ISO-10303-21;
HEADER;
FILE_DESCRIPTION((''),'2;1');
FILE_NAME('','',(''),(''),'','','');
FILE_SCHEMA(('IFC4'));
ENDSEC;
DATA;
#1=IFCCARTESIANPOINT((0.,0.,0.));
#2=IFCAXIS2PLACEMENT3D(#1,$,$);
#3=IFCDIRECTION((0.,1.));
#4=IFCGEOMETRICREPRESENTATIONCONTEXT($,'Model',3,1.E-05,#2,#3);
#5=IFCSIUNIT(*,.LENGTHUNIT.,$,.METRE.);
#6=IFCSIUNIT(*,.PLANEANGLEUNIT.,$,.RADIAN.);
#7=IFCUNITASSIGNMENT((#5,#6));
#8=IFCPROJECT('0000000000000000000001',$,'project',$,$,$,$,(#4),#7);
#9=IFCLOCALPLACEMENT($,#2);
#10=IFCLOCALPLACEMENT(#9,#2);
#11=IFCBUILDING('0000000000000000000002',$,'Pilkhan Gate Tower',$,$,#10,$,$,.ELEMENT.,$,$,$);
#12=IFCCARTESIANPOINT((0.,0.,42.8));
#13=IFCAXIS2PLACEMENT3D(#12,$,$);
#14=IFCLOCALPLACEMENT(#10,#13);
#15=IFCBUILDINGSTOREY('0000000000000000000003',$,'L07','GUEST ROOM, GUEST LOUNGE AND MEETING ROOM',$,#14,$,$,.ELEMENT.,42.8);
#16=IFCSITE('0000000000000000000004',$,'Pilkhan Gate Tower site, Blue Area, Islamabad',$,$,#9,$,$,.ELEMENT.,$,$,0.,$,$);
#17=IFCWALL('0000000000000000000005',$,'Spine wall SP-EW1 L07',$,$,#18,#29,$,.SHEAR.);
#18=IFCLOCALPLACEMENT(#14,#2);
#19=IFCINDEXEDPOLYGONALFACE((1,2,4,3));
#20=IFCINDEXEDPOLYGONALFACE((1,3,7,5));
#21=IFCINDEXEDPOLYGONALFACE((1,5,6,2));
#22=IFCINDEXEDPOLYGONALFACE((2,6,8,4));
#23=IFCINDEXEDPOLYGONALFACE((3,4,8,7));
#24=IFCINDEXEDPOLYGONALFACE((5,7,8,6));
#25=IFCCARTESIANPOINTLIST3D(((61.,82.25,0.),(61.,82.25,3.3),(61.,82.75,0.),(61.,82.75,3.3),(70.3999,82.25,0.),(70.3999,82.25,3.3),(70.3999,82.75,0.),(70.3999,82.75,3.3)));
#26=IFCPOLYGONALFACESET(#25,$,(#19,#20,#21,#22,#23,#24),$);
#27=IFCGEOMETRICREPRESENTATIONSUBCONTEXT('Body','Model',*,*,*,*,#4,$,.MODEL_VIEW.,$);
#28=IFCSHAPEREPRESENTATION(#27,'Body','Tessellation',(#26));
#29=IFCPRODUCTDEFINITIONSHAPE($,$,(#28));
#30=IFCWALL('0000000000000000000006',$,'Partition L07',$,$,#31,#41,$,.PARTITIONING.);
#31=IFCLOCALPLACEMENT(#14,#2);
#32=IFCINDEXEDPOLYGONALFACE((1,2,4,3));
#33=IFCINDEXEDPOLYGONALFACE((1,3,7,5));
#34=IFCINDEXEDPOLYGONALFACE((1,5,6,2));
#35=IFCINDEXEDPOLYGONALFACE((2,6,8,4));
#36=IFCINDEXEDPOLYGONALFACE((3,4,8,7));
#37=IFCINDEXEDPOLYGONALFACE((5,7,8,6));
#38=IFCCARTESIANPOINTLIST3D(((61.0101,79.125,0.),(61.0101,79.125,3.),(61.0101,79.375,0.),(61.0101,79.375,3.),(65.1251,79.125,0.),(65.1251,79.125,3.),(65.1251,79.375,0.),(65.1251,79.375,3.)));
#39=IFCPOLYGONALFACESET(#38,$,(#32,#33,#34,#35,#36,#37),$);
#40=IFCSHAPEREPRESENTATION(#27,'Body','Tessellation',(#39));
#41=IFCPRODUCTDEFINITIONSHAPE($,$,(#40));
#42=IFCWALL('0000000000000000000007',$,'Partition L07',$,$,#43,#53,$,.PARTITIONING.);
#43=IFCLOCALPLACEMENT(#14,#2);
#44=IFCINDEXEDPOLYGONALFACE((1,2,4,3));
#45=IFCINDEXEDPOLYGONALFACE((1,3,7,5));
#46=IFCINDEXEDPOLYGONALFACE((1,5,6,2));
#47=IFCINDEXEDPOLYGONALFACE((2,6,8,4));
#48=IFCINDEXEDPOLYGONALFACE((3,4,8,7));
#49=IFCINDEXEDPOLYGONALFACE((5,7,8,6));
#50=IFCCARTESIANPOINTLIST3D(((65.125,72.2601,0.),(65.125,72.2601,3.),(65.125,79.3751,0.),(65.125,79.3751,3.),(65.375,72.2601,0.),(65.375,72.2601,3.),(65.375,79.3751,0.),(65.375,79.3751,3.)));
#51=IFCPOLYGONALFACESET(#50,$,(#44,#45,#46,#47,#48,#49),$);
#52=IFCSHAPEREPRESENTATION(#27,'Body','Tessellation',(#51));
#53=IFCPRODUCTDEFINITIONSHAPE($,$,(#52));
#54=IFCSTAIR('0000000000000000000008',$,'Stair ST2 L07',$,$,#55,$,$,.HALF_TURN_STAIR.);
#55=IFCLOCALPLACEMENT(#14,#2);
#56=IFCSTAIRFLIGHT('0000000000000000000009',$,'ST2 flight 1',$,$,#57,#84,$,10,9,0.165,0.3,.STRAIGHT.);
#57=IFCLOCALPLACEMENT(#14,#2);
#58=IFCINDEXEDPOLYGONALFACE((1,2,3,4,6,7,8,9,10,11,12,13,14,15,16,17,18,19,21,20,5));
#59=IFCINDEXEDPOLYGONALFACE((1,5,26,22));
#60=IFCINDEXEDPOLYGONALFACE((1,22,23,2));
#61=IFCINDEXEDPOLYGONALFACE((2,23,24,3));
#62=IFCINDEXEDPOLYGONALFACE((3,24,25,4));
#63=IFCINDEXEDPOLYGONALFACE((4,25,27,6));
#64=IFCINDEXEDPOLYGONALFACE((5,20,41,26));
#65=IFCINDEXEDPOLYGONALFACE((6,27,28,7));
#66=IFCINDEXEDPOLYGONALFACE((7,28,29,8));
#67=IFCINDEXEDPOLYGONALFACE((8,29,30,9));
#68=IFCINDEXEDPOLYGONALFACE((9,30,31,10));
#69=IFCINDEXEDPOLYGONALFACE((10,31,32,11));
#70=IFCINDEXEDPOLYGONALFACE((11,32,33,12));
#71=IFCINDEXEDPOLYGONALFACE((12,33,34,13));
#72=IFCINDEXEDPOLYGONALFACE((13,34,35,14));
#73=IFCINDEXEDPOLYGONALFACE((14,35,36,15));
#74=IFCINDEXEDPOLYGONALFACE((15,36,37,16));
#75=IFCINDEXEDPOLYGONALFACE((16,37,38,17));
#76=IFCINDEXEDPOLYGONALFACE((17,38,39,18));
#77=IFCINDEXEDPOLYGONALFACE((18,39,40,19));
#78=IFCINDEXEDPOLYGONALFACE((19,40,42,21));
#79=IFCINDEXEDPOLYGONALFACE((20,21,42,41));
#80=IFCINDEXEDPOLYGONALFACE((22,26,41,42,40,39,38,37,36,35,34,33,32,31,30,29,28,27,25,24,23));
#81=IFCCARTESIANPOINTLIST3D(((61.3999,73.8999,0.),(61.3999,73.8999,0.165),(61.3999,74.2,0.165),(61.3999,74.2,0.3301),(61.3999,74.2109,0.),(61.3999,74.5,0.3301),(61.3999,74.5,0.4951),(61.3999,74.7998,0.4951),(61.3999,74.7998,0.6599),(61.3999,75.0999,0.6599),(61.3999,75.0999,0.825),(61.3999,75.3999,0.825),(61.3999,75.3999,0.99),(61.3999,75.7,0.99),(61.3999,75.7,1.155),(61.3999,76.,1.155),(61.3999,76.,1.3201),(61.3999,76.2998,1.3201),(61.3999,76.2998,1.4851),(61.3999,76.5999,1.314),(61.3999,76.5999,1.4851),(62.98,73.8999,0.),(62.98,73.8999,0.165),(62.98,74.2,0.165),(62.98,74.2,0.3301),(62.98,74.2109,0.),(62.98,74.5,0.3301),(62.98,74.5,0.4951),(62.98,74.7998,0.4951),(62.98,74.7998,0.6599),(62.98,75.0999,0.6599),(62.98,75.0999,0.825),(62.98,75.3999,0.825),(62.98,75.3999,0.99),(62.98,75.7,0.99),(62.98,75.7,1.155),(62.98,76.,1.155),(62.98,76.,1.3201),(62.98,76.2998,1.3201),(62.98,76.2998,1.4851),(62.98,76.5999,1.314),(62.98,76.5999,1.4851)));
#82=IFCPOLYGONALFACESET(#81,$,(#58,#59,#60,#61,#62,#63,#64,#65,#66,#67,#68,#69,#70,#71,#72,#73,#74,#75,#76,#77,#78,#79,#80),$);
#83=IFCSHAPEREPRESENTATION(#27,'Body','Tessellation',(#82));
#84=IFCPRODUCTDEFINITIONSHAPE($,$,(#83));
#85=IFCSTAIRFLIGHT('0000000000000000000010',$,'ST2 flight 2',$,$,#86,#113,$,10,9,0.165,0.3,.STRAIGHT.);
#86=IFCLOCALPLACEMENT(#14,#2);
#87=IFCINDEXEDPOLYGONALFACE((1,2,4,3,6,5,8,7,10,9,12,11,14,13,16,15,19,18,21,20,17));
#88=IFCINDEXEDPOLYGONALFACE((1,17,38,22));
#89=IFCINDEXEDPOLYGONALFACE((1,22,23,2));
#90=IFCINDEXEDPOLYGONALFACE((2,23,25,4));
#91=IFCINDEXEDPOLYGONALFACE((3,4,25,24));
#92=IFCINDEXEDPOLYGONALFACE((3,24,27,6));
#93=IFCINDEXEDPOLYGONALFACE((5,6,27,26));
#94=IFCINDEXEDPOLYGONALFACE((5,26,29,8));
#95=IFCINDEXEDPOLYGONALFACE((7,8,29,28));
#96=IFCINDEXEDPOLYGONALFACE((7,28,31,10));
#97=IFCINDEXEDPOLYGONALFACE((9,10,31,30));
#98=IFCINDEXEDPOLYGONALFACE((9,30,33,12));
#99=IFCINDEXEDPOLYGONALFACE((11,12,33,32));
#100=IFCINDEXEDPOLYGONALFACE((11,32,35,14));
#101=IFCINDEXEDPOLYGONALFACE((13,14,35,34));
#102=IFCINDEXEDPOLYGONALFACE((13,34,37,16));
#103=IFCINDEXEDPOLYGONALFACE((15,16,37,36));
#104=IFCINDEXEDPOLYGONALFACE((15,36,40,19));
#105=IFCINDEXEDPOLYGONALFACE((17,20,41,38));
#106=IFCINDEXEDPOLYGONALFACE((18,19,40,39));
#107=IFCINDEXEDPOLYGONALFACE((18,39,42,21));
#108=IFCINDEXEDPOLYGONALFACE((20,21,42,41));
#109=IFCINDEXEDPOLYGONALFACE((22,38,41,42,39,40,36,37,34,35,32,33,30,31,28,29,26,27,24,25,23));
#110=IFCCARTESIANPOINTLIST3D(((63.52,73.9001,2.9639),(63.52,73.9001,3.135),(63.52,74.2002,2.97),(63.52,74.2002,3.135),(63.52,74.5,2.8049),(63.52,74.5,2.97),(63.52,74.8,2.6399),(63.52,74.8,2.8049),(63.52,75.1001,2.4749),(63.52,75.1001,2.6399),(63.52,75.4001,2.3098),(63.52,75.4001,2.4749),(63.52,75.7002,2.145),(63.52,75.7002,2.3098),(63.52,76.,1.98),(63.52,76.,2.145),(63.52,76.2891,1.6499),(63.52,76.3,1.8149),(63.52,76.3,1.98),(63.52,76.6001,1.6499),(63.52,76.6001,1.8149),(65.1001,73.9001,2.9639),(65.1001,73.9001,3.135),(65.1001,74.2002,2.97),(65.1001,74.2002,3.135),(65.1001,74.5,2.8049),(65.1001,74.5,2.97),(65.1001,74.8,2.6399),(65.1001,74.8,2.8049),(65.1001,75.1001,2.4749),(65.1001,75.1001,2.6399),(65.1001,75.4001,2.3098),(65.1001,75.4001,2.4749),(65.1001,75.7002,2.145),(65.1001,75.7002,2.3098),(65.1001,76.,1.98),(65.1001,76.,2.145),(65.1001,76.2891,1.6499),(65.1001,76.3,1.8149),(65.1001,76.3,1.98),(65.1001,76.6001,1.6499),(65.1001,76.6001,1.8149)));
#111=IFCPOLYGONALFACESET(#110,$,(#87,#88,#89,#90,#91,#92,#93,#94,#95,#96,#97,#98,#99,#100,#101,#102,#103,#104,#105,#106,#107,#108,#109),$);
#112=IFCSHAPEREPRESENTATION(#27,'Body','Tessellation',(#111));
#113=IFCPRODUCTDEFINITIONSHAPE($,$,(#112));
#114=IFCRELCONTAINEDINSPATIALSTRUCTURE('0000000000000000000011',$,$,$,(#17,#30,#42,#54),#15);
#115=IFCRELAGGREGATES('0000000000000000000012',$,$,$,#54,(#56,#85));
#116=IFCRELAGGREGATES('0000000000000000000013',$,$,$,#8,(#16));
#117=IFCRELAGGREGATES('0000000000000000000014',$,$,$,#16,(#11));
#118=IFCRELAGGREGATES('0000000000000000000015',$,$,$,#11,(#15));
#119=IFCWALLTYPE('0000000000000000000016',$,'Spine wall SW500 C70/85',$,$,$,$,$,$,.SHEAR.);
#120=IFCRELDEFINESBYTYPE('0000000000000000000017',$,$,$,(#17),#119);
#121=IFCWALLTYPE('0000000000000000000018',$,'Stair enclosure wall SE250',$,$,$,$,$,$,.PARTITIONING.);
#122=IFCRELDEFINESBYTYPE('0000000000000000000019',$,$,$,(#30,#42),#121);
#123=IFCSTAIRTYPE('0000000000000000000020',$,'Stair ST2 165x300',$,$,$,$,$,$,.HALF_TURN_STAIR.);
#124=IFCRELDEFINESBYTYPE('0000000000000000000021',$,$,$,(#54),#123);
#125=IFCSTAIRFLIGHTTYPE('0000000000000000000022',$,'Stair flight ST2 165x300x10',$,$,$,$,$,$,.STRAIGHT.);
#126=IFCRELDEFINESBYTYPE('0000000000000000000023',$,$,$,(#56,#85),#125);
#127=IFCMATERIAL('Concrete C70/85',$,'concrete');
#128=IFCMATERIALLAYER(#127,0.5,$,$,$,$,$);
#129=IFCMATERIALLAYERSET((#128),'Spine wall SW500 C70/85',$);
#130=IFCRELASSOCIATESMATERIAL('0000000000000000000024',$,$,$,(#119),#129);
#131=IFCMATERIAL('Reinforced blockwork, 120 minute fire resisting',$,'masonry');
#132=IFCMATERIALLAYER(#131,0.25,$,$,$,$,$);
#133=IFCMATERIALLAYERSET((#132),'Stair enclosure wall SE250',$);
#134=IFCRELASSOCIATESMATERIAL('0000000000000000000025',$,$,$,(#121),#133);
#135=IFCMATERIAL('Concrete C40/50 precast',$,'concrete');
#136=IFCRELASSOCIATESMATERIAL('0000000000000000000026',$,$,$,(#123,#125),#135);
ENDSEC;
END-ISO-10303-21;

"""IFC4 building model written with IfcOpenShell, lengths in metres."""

from ifc_helpers import new_model, si_unit, direction, frame, frame_2d, origin, place, context, subcontext, project, spatial, polyline, rectangle, outline, extrude, material, layer, layer_set, type_object, element, aggregate, save


model = new_model("IFC4")

# Units and contexts
model_context = context("Model", 3, precision=1e-05, world=origin(), true_north=direction((0.0, 1.0)))
body_context = subcontext(model_context, "Body", "Model", "MODEL_VIEW")
ifc_project = project(units=[si_unit("LENGTHUNIT", "METRE"), si_unit("PLANEANGLEUNIT", "RADIAN")], contexts=[model_context])

# Site, building, storey
site_placement = place(None, origin())
site = spatial("IfcSite", under=ifc_project, at=site_placement, Name="Pilkhan Gate Tower site, Blue Area, Islamabad", CompositionType="ELEMENT", RefElevation=0.0)
building_placement = place(site_placement, origin())
building = spatial("IfcBuilding", under=site, at=building_placement, Name="Pilkhan Gate Tower", CompositionType="ELEMENT")
storey_placement = place(building_placement, frame((0.0, 0.0, 42.8)))
storey = spatial("IfcBuildingStorey", under=building, at=storey_placement, Name="L07", Description="GUEST ROOM, GUEST LOUNGE AND MEETING ROOM", CompositionType="ELEMENT", Elevation=42.8)

# Shared definitions
ifc_material_1 = material(Name="Concrete C70/85", Category="concrete")

# Walls
ifc_layer_1 = layer(ifc_material_1, 0.5)
ifc_layer_set_1 = layer_set([ifc_layer_1], Name="Spine wall SW500 C70/85")
wall_type_1 = type_object("IfcWallType", Name="Spine wall SW500 C70/85", PredefinedType="SHEAR", material=ifc_layer_set_1)
wall_1_placement = place(storey_placement, frame((61.0, 82.5, 0.0), z_axis=(0.0, 0.0, 1.0), x_axis=(1.0, 0.0, 0.0)))
element("IfcWall", 1, at=wall_1_placement, inside=storey, type_object=wall_type_1, Name="Spine wall SP-EW1 L07", PredefinedType="SHEAR", context=body_context, shape_type="SweptSolid", body=[
    extrude(rectangle(XDim=9.3999, YDim=0.5, at=frame_2d((4.7, 0.0))), origin(), (0.0, 0.0, 1.0), 3.3),
])
ifc_material_2 = material(Name="Reinforced blockwork, 120 minute fire resisting", Category="masonry")
ifc_layer_2 = layer(ifc_material_2, 0.25)
ifc_layer_set_2 = layer_set([ifc_layer_2], Name="Stair enclosure wall SE250")
wall_type_2 = type_object("IfcWallType", Name="Stair enclosure wall SE250", PredefinedType="PARTITIONING", material=ifc_layer_set_2)
wall_2_placement = place(storey_placement, frame((61.01, 79.25, 0.0), z_axis=(0.0, 0.0, 1.0), x_axis=(1.0, 0.0, 0.0)))
element("IfcWall", 2, at=wall_2_placement, inside=storey, type_object=wall_type_2, Name="Partition L07", PredefinedType="PARTITIONING", context=body_context, shape_type="SweptSolid", body=[
    extrude(rectangle(XDim=4.115, YDim=0.25, at=frame_2d((2.0576, 0.0))), origin(), (0.0, 0.0, 1.0), 3.0),
])
wall_3_placement = place(storey_placement, frame((65.25, 72.26, 0.0), z_axis=(0.0, 0.0, 1.0), x_axis=(0.0, 1.0, 0.0)))
element("IfcWall", 3, at=wall_3_placement, inside=storey, type_object=wall_type_2, Name="Partition L07", PredefinedType="PARTITIONING", context=body_context, shape_type="SweptSolid", body=[
    extrude(rectangle(XDim=7.115, YDim=0.25, at=frame_2d((3.5576, 0.0))), origin(), (0.0, 0.0, 1.0), 3.0),
])

# Stair, stair flights
ifc_material_3 = material(Name="Concrete C40/50 precast", Category="concrete")
stair_type = type_object("IfcStairType", Name="Stair ST2 165x300", PredefinedType="HALF_TURN_STAIR", material=ifc_material_3)
stair_placement = place(storey_placement, origin())
stair = element("IfcStair", 4, at=stair_placement, inside=storey, type_object=stair_type, Name="Stair ST2 L07", PredefinedType="HALF_TURN_STAIR")
stair_flight_type = type_object("IfcStairFlightType", Name="Stair flight ST2 165x300x10", PredefinedType="STRAIGHT", material=ifc_material_3)
stair_flight_1_placement = place(storey_placement, frame((62.1899, 73.8999, 0.0), z_axis=(0.0, 0.0, 1.0), x_axis=(0.0, 1.0, 0.0)))
stair_flight_1 = element("IfcStairFlight", 5, at=stair_flight_1_placement, type_object=stair_flight_type, Name="ST2 flight 1", NumberOfRisers=10, NumberOfTreads=9, PredefinedType="STRAIGHT", RiserHeight=0.165, TreadLength=0.3, context=body_context, shape_type="SweptSolid", body=[
    extrude(outline(polyline([(0.0, 0.0), (0.0, 0.165), (0.3, 0.165), (0.3, 0.3301), (0.6001, 0.3301), (0.6001, 0.4951), (0.8999, 0.4951), (0.8999, 0.6599), (1.2, 0.6599), (1.2, 0.825), (1.5, 0.825), (1.5, 0.99), (1.8, 0.99), (1.8, 1.155), (2.1001, 1.155), (2.1001, 1.3201), (2.3999, 1.3201), (2.3999, 1.4851), (2.7, 1.4851), (2.7, 1.6499), (2.7, 1.314), (0.311, 0.0), (0.0, 0.0)])), frame((0.0, 0.79, 0.0), z_axis=(0.0, -1.0, 0.0), x_axis=(1.0, 0.0, 0.0)), (0.0, 0.0, 1.0), 1.5801),
])
stair_flight_2_placement = place(storey_placement, frame((64.3101, 76.6001, 1.6499), z_axis=(0.0, 0.0, 1.0), x_axis=(0.0, -1.0, 0.0)))
stair_flight_2 = element("IfcStairFlight", 6, at=stair_flight_2_placement, type_object=stair_flight_type, Name="ST2 flight 2", NumberOfRisers=10, NumberOfTreads=9, PredefinedType="STRAIGHT", RiserHeight=0.165, TreadLength=0.3, context=body_context, shape_type="SweptSolid", body=[
    extrude(outline(polyline([(0.0, 0.0), (0.0, 0.165), (0.3, 0.165), (0.3, 0.3301), (0.6001, 0.3301), (0.6001, 0.4951), (0.8999, 0.4951), (0.8999, 0.6599), (1.2, 0.6599), (1.2, 0.825), (1.5, 0.825), (1.5, 0.99), (1.8, 0.99), (1.8, 1.155), (2.1001, 1.155), (2.1001, 1.3201), (2.3999, 1.3201), (2.3999, 1.4851), (2.7, 1.4851), (2.7, 1.6499), (2.7, 1.314), (0.311, 0.0), (0.0, 0.0)])), frame((0.0, 0.79, 0.0), z_axis=(0.0, -1.0, 0.0), x_axis=(1.0, 0.0, 0.0)), (0.0, 0.0, 1.0), 1.5801),
])
aggregate(stair, [stair_flight_1, stair_flight_2])

save(model, "model.ifc")
